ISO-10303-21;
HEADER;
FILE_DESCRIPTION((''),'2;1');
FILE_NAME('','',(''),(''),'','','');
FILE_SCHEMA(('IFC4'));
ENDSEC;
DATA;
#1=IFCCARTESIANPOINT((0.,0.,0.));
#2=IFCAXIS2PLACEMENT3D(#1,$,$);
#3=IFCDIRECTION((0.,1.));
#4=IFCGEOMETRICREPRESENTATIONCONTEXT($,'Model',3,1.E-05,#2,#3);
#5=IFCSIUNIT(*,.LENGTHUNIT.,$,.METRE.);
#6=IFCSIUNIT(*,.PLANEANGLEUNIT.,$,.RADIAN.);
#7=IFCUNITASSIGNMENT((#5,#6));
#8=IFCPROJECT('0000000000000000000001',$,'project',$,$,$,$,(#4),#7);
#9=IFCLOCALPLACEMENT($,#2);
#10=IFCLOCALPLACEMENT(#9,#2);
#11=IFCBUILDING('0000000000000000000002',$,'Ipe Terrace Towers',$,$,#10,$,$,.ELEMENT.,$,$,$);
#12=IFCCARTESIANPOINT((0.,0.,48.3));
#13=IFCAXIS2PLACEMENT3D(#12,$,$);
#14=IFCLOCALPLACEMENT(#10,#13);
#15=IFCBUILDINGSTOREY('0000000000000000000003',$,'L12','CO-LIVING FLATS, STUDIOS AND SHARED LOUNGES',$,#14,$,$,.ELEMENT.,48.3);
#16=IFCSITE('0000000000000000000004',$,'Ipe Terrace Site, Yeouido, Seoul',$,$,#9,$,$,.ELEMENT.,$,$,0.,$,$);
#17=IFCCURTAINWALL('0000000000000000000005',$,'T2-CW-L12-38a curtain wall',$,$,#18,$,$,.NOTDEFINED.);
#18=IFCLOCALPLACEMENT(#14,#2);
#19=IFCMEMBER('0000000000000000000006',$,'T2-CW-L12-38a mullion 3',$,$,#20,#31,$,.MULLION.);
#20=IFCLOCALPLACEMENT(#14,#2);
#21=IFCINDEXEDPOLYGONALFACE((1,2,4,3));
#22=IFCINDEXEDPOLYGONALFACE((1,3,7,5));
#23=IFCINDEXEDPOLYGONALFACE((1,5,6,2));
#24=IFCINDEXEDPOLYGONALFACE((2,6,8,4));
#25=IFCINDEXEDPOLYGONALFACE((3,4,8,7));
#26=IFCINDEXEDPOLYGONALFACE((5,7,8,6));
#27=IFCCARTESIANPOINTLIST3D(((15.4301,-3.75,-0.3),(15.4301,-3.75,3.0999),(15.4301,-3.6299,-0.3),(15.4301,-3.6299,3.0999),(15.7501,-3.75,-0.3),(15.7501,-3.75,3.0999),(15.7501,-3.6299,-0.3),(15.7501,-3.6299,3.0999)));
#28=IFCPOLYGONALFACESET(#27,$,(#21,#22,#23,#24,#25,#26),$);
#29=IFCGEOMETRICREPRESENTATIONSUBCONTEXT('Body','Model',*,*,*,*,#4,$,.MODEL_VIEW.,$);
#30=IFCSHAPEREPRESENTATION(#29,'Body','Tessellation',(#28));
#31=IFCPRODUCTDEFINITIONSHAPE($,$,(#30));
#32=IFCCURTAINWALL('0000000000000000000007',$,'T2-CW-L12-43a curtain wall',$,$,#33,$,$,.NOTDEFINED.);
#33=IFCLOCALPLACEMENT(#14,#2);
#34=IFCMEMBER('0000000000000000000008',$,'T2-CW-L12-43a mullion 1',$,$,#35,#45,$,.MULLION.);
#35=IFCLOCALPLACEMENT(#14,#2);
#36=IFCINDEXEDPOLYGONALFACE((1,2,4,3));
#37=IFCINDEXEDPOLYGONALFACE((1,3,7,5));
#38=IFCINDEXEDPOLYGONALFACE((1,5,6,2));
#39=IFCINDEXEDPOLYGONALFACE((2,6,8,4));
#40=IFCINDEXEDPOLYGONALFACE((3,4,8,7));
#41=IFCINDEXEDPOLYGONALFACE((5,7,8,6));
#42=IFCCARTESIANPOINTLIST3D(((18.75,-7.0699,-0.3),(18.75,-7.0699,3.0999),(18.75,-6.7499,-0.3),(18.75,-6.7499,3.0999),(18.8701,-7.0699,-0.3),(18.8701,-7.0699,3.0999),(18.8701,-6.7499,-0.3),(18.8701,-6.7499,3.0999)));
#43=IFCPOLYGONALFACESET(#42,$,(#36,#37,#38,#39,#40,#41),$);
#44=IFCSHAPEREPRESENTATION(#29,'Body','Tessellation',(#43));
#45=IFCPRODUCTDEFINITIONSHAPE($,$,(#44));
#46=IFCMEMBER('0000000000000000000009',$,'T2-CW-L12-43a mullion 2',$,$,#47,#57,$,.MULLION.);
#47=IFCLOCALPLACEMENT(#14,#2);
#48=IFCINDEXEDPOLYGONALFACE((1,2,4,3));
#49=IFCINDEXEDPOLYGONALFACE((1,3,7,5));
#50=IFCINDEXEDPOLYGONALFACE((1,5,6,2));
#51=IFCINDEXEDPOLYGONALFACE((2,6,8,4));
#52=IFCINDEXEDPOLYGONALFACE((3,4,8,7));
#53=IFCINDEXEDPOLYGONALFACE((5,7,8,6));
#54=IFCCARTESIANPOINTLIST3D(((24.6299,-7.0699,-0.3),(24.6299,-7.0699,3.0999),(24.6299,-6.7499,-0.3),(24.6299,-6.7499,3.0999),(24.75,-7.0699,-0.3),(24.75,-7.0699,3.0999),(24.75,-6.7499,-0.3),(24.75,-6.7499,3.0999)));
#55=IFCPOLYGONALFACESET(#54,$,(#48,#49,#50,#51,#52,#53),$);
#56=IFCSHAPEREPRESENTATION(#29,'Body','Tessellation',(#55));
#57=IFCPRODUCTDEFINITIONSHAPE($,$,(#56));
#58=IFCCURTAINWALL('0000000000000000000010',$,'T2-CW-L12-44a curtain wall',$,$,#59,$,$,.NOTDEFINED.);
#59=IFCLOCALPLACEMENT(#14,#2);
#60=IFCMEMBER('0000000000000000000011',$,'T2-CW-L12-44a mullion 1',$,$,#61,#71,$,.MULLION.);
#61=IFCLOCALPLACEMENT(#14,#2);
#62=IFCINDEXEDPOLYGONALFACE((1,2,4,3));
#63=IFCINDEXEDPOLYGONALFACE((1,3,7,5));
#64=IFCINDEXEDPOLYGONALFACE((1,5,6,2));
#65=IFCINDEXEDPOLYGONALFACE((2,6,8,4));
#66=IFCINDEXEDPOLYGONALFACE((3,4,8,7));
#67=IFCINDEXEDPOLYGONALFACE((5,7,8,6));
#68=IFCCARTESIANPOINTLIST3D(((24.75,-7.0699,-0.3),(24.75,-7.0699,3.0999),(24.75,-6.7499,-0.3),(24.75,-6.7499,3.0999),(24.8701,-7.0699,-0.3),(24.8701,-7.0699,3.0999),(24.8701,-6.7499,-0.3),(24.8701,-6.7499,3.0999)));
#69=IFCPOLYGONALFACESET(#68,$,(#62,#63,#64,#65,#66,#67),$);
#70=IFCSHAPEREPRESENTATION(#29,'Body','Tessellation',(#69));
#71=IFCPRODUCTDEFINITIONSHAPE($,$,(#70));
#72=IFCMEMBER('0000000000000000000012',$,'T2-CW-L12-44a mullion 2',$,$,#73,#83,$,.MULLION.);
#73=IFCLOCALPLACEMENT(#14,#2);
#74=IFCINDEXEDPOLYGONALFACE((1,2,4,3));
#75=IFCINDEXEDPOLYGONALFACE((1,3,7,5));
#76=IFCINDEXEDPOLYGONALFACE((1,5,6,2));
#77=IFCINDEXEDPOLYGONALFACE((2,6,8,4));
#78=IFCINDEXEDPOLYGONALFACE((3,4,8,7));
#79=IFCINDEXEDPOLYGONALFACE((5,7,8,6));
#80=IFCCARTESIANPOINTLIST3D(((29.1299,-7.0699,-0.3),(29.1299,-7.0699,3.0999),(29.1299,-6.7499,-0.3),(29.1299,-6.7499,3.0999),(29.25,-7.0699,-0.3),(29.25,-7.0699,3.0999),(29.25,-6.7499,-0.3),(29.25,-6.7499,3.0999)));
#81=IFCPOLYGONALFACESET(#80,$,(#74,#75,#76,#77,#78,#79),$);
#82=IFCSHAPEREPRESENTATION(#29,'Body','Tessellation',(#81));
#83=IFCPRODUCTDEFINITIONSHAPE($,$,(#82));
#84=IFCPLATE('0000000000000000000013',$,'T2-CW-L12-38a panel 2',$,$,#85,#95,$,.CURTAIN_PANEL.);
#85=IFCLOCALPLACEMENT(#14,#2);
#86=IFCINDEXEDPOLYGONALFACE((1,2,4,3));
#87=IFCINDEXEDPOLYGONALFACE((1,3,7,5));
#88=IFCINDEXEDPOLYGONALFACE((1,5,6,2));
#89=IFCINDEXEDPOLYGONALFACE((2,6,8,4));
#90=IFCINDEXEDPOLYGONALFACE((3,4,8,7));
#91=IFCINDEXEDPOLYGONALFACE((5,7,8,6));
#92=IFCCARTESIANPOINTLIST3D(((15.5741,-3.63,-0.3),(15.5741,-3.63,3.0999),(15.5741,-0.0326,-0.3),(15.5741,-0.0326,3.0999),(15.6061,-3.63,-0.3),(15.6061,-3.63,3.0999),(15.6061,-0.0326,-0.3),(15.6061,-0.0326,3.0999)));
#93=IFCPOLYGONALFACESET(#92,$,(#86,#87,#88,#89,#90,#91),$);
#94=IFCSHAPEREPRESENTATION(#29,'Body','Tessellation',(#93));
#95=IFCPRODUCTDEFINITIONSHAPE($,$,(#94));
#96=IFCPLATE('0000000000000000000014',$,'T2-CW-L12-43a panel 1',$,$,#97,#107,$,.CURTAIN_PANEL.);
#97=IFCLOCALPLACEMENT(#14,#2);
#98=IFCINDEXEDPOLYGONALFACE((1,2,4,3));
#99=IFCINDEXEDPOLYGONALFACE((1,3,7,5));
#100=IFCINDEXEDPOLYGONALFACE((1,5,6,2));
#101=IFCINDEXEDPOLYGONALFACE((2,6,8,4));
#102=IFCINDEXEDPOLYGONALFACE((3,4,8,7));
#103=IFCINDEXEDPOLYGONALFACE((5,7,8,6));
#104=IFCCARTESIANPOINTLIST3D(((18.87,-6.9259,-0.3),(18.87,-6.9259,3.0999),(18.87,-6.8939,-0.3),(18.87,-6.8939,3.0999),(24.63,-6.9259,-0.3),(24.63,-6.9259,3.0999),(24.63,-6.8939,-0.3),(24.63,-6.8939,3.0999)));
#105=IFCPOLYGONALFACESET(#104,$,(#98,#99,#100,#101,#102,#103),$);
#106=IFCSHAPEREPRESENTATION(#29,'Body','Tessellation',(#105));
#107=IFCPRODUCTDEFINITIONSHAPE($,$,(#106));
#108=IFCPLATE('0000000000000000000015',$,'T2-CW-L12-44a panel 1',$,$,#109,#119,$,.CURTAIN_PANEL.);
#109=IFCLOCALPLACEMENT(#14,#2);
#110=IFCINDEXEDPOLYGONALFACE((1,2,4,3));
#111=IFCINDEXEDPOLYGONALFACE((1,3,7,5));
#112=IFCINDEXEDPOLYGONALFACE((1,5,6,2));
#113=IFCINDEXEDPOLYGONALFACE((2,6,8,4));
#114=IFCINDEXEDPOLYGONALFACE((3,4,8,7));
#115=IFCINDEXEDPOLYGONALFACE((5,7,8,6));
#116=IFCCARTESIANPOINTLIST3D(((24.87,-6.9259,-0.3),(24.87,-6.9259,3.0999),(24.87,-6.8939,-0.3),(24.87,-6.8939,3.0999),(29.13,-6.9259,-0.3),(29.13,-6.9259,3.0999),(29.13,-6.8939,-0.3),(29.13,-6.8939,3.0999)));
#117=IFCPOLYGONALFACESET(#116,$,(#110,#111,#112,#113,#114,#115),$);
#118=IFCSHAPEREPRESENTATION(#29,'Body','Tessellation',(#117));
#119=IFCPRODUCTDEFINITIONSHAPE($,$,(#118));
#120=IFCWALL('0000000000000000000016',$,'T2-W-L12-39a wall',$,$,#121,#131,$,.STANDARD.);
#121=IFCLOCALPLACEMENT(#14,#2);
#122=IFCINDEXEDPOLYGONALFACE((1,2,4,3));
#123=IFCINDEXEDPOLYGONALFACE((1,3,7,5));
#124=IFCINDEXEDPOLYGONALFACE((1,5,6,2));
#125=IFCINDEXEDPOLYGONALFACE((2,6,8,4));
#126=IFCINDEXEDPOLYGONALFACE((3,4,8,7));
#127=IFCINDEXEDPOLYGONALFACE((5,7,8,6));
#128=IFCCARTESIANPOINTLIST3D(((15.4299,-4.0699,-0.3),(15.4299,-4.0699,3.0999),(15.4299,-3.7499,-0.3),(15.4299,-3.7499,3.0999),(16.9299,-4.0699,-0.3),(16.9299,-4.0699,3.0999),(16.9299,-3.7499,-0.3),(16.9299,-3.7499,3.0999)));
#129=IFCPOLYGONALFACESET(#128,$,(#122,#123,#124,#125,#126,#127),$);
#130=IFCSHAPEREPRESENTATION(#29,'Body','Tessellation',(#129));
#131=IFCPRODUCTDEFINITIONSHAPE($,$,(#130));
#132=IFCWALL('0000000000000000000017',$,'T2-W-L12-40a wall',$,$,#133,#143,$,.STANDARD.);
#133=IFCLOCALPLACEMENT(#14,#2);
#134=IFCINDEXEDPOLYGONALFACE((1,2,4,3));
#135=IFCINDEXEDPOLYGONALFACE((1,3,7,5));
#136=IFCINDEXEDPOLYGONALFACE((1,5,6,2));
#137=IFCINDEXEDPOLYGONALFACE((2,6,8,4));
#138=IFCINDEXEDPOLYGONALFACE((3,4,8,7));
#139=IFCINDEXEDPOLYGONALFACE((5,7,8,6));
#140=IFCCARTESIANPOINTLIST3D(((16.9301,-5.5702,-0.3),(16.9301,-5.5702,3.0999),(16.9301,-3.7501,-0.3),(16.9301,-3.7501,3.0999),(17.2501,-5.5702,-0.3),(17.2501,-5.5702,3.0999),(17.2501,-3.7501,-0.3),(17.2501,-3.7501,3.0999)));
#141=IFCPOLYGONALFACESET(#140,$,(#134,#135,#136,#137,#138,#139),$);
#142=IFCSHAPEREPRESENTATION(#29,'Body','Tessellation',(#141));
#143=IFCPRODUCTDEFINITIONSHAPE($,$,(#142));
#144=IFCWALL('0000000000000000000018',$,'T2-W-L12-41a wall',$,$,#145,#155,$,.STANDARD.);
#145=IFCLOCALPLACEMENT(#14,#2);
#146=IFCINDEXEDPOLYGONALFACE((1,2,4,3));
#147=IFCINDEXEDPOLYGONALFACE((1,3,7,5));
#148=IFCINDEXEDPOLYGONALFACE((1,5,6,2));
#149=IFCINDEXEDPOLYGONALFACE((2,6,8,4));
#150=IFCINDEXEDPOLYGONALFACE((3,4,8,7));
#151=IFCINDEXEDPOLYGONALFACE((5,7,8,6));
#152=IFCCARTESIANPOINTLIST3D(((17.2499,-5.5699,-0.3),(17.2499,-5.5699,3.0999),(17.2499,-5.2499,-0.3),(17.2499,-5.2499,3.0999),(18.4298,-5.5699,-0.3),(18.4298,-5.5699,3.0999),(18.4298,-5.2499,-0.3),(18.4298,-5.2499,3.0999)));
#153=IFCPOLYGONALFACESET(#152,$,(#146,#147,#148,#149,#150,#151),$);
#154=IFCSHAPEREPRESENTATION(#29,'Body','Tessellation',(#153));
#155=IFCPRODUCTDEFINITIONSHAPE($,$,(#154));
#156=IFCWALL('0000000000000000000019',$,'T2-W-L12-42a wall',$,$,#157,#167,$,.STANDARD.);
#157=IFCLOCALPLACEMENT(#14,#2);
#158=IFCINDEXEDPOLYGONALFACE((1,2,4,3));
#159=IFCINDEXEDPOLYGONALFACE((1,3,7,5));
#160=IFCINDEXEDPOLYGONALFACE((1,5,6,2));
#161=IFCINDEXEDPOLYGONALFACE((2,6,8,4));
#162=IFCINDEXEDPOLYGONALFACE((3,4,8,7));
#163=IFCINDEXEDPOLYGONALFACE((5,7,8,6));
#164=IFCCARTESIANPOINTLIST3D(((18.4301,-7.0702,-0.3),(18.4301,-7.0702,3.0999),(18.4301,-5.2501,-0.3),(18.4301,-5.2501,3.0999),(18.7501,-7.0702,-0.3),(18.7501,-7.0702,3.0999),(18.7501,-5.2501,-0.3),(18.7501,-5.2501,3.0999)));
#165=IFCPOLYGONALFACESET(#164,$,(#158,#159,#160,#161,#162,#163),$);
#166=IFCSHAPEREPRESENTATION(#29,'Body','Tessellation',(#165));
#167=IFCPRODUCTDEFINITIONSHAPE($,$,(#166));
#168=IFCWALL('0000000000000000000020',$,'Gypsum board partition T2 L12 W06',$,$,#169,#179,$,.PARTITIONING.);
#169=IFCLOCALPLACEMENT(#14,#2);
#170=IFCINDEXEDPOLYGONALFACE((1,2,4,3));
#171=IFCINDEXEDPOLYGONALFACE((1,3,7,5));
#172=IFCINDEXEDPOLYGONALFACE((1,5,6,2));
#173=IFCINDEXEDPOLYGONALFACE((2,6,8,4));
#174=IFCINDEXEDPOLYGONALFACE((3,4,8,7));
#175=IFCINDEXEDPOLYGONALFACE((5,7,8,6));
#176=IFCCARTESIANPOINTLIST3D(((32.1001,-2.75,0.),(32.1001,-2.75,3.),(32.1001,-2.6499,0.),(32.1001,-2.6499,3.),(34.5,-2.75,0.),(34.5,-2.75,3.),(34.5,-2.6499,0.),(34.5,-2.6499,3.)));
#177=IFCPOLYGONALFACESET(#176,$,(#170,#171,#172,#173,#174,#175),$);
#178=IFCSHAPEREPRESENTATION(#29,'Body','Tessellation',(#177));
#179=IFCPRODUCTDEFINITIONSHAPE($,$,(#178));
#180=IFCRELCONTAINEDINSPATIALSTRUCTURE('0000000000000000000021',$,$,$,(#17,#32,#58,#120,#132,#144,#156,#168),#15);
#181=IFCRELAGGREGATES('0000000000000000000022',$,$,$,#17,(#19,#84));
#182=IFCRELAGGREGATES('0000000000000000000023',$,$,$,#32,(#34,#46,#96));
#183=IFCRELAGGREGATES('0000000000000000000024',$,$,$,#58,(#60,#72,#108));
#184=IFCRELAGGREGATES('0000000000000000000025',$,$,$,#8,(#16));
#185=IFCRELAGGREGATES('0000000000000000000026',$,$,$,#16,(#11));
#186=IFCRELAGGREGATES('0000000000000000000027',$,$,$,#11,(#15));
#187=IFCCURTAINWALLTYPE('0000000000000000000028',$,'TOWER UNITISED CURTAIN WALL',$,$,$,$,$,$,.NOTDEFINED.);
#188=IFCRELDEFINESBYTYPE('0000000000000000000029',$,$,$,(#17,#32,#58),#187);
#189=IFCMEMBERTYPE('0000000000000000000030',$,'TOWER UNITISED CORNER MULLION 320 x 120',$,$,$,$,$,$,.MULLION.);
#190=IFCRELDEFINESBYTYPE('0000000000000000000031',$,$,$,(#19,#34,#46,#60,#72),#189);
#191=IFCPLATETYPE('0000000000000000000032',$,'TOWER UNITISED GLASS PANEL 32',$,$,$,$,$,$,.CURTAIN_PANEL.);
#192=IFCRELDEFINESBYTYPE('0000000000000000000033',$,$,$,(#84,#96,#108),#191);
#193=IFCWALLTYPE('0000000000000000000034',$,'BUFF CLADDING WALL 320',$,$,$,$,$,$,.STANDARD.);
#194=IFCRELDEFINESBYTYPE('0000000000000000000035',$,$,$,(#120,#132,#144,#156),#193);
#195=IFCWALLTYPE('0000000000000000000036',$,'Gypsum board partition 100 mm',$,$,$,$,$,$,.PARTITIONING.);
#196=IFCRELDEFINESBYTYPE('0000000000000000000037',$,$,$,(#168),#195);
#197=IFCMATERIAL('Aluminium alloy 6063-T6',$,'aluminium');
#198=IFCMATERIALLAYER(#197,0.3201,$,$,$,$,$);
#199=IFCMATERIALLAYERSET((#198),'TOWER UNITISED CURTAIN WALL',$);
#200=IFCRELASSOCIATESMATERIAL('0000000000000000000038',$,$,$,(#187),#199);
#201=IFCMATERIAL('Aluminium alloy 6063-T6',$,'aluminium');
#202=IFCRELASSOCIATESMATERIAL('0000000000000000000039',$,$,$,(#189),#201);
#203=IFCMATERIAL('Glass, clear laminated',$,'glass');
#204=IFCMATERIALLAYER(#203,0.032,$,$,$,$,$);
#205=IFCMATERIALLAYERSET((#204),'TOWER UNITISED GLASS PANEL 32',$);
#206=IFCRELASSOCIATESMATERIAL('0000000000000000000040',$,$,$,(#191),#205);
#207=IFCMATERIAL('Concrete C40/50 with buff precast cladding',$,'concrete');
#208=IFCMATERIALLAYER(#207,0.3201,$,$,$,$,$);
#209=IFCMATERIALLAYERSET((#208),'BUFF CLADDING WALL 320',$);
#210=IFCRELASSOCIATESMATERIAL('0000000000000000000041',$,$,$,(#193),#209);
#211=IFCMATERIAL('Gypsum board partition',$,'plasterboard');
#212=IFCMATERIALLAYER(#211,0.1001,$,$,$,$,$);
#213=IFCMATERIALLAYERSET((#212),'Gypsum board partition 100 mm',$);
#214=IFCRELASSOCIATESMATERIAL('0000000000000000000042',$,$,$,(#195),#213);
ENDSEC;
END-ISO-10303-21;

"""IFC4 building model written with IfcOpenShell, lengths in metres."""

from ifc_helpers import new_model, si_unit, direction, frame, frame_2d, origin, origin_2d, place, context, subcontext, project, spatial, rectangle, extrude, material, layer, layer_set, material_profile, profile_set, type_object, element, aggregate, save


model = new_model("IFC4")

# Units and contexts
model_context = context("Model", 3, precision=1e-05, world=origin(), true_north=direction((0.0, 1.0)))
body_context = subcontext(model_context, "Body", "Model", "MODEL_VIEW")
ifc_project = project(units=[si_unit("LENGTHUNIT", "METRE"), si_unit("PLANEANGLEUNIT", "RADIAN")], contexts=[model_context])

# Site, building, storey
site_placement = place(None, origin())
site = spatial("IfcSite", under=ifc_project, at=site_placement, Name="Ipe Terrace Site, Yeouido, Seoul", CompositionType="ELEMENT", RefElevation=0.0)
building_placement = place(site_placement, origin())
building = spatial("IfcBuilding", under=site, at=building_placement, Name="Ipe Terrace Towers", CompositionType="ELEMENT")
storey_placement = place(building_placement, frame((0.0, 0.0, 48.3)))
storey = spatial("IfcBuildingStorey", under=building, at=storey_placement, Name="L12", Description="CO-LIVING FLATS, STUDIOS AND SHARED LOUNGES", CompositionType="ELEMENT", Elevation=48.3)

# Curtain wall, member
ifc_material_1 = material(Name="Aluminium alloy 6063-T6", Category="aluminium")
ifc_layer_1 = layer(ifc_material_1, 0.3201)
ifc_layer_set_1 = layer_set([ifc_layer_1], Name="TOWER UNITISED CURTAIN WALL")
curtain_wall_type = type_object("IfcCurtainWallType", Name="TOWER UNITISED CURTAIN WALL", PredefinedType="NOTDEFINED", material=ifc_layer_set_1)
curtain_wall_1_placement = place(storey_placement, origin())
curtain_wall_1 = element("IfcCurtainWall", 1, at=curtain_wall_1_placement, inside=storey, type_object=curtain_wall_type, Name="T2-CW-L12-38a curtain wall", PredefinedType="NOTDEFINED")
ifc_material_2 = material(Name="Aluminium alloy 6063-T6", Category="aluminium")
ifc_material_profile_1 = material_profile(ifc_material_2, rectangle(XDim=0.3201, YDim=0.1201, at=origin_2d()), Name="TOWER UNITISED CORNER MULLION 320 x 120")
ifc_profile_set_1 = profile_set([ifc_material_profile_1], Name="Aluminium alloy 6063-T6")
member_type = type_object("IfcMemberType", Name="TOWER UNITISED CORNER MULLION 320 x 120", PredefinedType="MULLION", material=ifc_profile_set_1)
member_1_placement = place(storey_placement, frame((15.5901, -3.6899, -0.3), z_axis=(0.0, 0.0, 1.0), x_axis=(-1.0, 0.0, 0.0)))
member_1 = element("IfcMember", 2, at=member_1_placement, type_object=member_type, Name="T2-CW-L12-38a mullion 3", PredefinedType="MULLION", context=body_context, shape_type="SweptSolid", body=[
    extrude(rectangle(XDim=0.3201, YDim=0.1201, at=origin_2d()), origin(), (0.0, 0.0, 1.0), 3.3999),
])

# Curtain walls, members
curtain_wall_2_placement = place(storey_placement, origin())
curtain_wall_2 = element("IfcCurtainWall", 3, at=curtain_wall_2_placement, inside=storey, type_object=curtain_wall_type, Name="T2-CW-L12-43a curtain wall", PredefinedType="NOTDEFINED")
member_2_placement = place(storey_placement, frame((18.8101, -6.9099, -0.3), z_axis=(0.0, 0.0, 1.0), x_axis=(0.0, -1.0, 0.0)))
member_2 = element("IfcMember", 4, at=member_2_placement, type_object=member_type, Name="T2-CW-L12-43a mullion 1", PredefinedType="MULLION", context=body_context, shape_type="SweptSolid", body=[
    extrude(rectangle(XDim=0.3201, YDim=0.1201, at=origin_2d()), origin(), (0.0, 0.0, 1.0), 3.3999),
])
member_3_placement = place(storey_placement, frame((24.6899, -6.9099, -0.3), z_axis=(0.0, 0.0, 1.0), x_axis=(0.0, -1.0, 0.0)))
member_3 = element("IfcMember", 5, at=member_3_placement, type_object=member_type, Name="T2-CW-L12-43a mullion 2", PredefinedType="MULLION", context=body_context, shape_type="SweptSolid", body=[
    extrude(rectangle(XDim=0.3201, YDim=0.1201, at=origin_2d()), origin(), (0.0, 0.0, 1.0), 3.3999),
])
curtain_wall_3_placement = place(storey_placement, origin())
curtain_wall_3 = element("IfcCurtainWall", 6, at=curtain_wall_3_placement, inside=storey, type_object=curtain_wall_type, Name="T2-CW-L12-44a curtain wall", PredefinedType="NOTDEFINED")
member_4_placement = place(storey_placement, frame((24.8101, -6.9099, -0.3), z_axis=(0.0, 0.0, 1.0), x_axis=(0.0, -1.0, 0.0)))
member_4 = element("IfcMember", 7, at=member_4_placement, type_object=member_type, Name="T2-CW-L12-44a mullion 1", PredefinedType="MULLION", context=body_context, shape_type="SweptSolid", body=[
    extrude(rectangle(XDim=0.3201, YDim=0.1201, at=origin_2d()), origin(), (0.0, 0.0, 1.0), 3.3999),
])
member_5_placement = place(storey_placement, frame((29.1899, -6.9099, -0.3), z_axis=(0.0, 0.0, 1.0), x_axis=(0.0, -1.0, 0.0)))
member_5 = element("IfcMember", 8, at=member_5_placement, type_object=member_type, Name="T2-CW-L12-44a mullion 2", PredefinedType="MULLION", context=body_context, shape_type="SweptSolid", body=[
    extrude(rectangle(XDim=0.3201, YDim=0.1201, at=origin_2d()), origin(), (0.0, 0.0, 1.0), 3.3999),
])

# Plates
ifc_material_3 = material(Name="Glass, clear laminated", Category="glass")
ifc_layer_2 = layer(ifc_material_3, 0.032)
ifc_layer_set_2 = layer_set([ifc_layer_2], Name="TOWER UNITISED GLASS PANEL 32")
plate_type = type_object("IfcPlateType", Name="TOWER UNITISED GLASS PANEL 32", PredefinedType="CURTAIN_PANEL", material=ifc_layer_set_2)
plate_1_placement = place(storey_placement, frame((15.5901, -1.8313, -0.3), z_axis=(0.0, 0.0, 1.0), x_axis=(0.0, -1.0, 0.0)))
plate_1 = element("IfcPlate", 9, at=plate_1_placement, type_object=plate_type, Name="T2-CW-L12-38a panel 2", PredefinedType="CURTAIN_PANEL", context=body_context, shape_type="SweptSolid", body=[
    extrude(rectangle(XDim=3.5974, YDim=0.032, at=origin_2d()), origin(), (0.0, 0.0, 1.0), 3.3999),
])
aggregate(curtain_wall_1, [member_1, plate_1])
plate_2_placement = place(storey_placement, frame((21.75, -6.9099, -0.3), z_axis=(0.0, 0.0, 1.0), x_axis=(1.0, 0.0, 0.0)))
plate_2 = element("IfcPlate", 10, at=plate_2_placement, type_object=plate_type, Name="T2-CW-L12-43a panel 1", PredefinedType="CURTAIN_PANEL", context=body_context, shape_type="SweptSolid", body=[
    extrude(rectangle(XDim=5.76, YDim=0.032, at=origin_2d()), origin(), (0.0, 0.0, 1.0), 3.3999),
])
aggregate(curtain_wall_2, [member_2, member_3, plate_2])
plate_3_placement = place(storey_placement, frame((27.0, -6.9099, -0.3), z_axis=(0.0, 0.0, 1.0), x_axis=(1.0, 0.0, 0.0)))
plate_3 = element("IfcPlate", 11, at=plate_3_placement, type_object=plate_type, Name="T2-CW-L12-44a panel 1", PredefinedType="CURTAIN_PANEL", context=body_context, shape_type="SweptSolid", body=[
    extrude(rectangle(XDim=4.26, YDim=0.032, at=origin_2d()), origin(), (0.0, 0.0, 1.0), 3.3999),
])
aggregate(curtain_wall_3, [member_4, member_5, plate_3])

# Walls
ifc_material_4 = material(Name="Concrete C40/50 with buff precast cladding", Category="concrete")
ifc_layer_3 = layer(ifc_material_4, 0.3201)
ifc_layer_set_3 = layer_set([ifc_layer_3], Name="BUFF CLADDING WALL 320")
wall_type_1 = type_object("IfcWallType", Name="BUFF CLADDING WALL 320", PredefinedType="STANDARD", material=ifc_layer_set_3)
wall_1_placement = place(storey_placement, frame((15.4299, -3.9099, -0.3), z_axis=(0.0, 0.0, 1.0), x_axis=(1.0, 0.0, 0.0)))
element("IfcWall", 12, at=wall_1_placement, inside=storey, type_object=wall_type_1, Name="T2-W-L12-39a wall", PredefinedType="STANDARD", context=body_context, shape_type="SweptSolid", body=[
    extrude(rectangle(XDim=1.5, YDim=0.3201, at=frame_2d((0.75, 0.0))), origin(), (0.0, 0.0, 1.0), 3.3999),
])
wall_2_placement = place(storey_placement, frame((17.0901, -3.75, -0.3), z_axis=(0.0, 0.0, 1.0), x_axis=(0.0, -1.0, 0.0)))
element("IfcWall", 13, at=wall_2_placement, inside=storey, type_object=wall_type_1, Name="T2-W-L12-40a wall", PredefinedType="STANDARD", context=body_context, shape_type="SweptSolid", body=[
    extrude(rectangle(XDim=1.8201, YDim=0.3201, at=frame_2d((0.9102, 0.0))), origin(), (0.0, 0.0, 1.0), 3.3999),
])
wall_3_placement = place(storey_placement, frame((17.25, -5.4099, -0.3), z_axis=(0.0, 0.0, 1.0), x_axis=(1.0, 0.0, 0.0)))
element("IfcWall", 14, at=wall_3_placement, inside=storey, type_object=wall_type_1, Name="T2-W-L12-41a wall", PredefinedType="STANDARD", context=body_context, shape_type="SweptSolid", body=[
    extrude(rectangle(XDim=1.1799, YDim=0.3201, at=frame_2d((0.5898, 0.0))), origin(), (0.0, 0.0, 1.0), 3.3999),
])
wall_4_placement = place(storey_placement, frame((18.5901, -5.25, -0.3), z_axis=(0.0, 0.0, 1.0), x_axis=(0.0, -1.0, 0.0)))
element("IfcWall", 15, at=wall_4_placement, inside=storey, type_object=wall_type_1, Name="T2-W-L12-42a wall", PredefinedType="STANDARD", context=body_context, shape_type="SweptSolid", body=[
    extrude(rectangle(XDim=1.8201, YDim=0.3201, at=frame_2d((0.9102, 0.0))), origin(), (0.0, 0.0, 1.0), 3.3999),
])
ifc_material_5 = material(Name="Gypsum board partition", Category="plasterboard")
ifc_layer_4 = layer(ifc_material_5, 0.1001)
ifc_layer_set_4 = layer_set([ifc_layer_4], Name="Gypsum board partition 100 mm")
wall_type_2 = type_object("IfcWallType", Name="Gypsum board partition 100 mm", PredefinedType="PARTITIONING", material=ifc_layer_set_4)
wall_5_placement = place(storey_placement, frame((34.5, -2.7, 0.0), z_axis=(0.0, 0.0, 1.0), x_axis=(-1.0, 0.0, 0.0)))
element("IfcWall", 16, at=wall_5_placement, inside=storey, type_object=wall_type_2, Name="Gypsum board partition T2 L12 W06", PredefinedType="PARTITIONING", context=body_context, shape_type="SweptSolid", body=[
    extrude(rectangle(XDim=2.3999, YDim=0.1001, at=frame_2d((1.2, 0.0))), origin(), (0.0, 0.0, 1.0), 3.0),
])

save(model, "model.ifc")
